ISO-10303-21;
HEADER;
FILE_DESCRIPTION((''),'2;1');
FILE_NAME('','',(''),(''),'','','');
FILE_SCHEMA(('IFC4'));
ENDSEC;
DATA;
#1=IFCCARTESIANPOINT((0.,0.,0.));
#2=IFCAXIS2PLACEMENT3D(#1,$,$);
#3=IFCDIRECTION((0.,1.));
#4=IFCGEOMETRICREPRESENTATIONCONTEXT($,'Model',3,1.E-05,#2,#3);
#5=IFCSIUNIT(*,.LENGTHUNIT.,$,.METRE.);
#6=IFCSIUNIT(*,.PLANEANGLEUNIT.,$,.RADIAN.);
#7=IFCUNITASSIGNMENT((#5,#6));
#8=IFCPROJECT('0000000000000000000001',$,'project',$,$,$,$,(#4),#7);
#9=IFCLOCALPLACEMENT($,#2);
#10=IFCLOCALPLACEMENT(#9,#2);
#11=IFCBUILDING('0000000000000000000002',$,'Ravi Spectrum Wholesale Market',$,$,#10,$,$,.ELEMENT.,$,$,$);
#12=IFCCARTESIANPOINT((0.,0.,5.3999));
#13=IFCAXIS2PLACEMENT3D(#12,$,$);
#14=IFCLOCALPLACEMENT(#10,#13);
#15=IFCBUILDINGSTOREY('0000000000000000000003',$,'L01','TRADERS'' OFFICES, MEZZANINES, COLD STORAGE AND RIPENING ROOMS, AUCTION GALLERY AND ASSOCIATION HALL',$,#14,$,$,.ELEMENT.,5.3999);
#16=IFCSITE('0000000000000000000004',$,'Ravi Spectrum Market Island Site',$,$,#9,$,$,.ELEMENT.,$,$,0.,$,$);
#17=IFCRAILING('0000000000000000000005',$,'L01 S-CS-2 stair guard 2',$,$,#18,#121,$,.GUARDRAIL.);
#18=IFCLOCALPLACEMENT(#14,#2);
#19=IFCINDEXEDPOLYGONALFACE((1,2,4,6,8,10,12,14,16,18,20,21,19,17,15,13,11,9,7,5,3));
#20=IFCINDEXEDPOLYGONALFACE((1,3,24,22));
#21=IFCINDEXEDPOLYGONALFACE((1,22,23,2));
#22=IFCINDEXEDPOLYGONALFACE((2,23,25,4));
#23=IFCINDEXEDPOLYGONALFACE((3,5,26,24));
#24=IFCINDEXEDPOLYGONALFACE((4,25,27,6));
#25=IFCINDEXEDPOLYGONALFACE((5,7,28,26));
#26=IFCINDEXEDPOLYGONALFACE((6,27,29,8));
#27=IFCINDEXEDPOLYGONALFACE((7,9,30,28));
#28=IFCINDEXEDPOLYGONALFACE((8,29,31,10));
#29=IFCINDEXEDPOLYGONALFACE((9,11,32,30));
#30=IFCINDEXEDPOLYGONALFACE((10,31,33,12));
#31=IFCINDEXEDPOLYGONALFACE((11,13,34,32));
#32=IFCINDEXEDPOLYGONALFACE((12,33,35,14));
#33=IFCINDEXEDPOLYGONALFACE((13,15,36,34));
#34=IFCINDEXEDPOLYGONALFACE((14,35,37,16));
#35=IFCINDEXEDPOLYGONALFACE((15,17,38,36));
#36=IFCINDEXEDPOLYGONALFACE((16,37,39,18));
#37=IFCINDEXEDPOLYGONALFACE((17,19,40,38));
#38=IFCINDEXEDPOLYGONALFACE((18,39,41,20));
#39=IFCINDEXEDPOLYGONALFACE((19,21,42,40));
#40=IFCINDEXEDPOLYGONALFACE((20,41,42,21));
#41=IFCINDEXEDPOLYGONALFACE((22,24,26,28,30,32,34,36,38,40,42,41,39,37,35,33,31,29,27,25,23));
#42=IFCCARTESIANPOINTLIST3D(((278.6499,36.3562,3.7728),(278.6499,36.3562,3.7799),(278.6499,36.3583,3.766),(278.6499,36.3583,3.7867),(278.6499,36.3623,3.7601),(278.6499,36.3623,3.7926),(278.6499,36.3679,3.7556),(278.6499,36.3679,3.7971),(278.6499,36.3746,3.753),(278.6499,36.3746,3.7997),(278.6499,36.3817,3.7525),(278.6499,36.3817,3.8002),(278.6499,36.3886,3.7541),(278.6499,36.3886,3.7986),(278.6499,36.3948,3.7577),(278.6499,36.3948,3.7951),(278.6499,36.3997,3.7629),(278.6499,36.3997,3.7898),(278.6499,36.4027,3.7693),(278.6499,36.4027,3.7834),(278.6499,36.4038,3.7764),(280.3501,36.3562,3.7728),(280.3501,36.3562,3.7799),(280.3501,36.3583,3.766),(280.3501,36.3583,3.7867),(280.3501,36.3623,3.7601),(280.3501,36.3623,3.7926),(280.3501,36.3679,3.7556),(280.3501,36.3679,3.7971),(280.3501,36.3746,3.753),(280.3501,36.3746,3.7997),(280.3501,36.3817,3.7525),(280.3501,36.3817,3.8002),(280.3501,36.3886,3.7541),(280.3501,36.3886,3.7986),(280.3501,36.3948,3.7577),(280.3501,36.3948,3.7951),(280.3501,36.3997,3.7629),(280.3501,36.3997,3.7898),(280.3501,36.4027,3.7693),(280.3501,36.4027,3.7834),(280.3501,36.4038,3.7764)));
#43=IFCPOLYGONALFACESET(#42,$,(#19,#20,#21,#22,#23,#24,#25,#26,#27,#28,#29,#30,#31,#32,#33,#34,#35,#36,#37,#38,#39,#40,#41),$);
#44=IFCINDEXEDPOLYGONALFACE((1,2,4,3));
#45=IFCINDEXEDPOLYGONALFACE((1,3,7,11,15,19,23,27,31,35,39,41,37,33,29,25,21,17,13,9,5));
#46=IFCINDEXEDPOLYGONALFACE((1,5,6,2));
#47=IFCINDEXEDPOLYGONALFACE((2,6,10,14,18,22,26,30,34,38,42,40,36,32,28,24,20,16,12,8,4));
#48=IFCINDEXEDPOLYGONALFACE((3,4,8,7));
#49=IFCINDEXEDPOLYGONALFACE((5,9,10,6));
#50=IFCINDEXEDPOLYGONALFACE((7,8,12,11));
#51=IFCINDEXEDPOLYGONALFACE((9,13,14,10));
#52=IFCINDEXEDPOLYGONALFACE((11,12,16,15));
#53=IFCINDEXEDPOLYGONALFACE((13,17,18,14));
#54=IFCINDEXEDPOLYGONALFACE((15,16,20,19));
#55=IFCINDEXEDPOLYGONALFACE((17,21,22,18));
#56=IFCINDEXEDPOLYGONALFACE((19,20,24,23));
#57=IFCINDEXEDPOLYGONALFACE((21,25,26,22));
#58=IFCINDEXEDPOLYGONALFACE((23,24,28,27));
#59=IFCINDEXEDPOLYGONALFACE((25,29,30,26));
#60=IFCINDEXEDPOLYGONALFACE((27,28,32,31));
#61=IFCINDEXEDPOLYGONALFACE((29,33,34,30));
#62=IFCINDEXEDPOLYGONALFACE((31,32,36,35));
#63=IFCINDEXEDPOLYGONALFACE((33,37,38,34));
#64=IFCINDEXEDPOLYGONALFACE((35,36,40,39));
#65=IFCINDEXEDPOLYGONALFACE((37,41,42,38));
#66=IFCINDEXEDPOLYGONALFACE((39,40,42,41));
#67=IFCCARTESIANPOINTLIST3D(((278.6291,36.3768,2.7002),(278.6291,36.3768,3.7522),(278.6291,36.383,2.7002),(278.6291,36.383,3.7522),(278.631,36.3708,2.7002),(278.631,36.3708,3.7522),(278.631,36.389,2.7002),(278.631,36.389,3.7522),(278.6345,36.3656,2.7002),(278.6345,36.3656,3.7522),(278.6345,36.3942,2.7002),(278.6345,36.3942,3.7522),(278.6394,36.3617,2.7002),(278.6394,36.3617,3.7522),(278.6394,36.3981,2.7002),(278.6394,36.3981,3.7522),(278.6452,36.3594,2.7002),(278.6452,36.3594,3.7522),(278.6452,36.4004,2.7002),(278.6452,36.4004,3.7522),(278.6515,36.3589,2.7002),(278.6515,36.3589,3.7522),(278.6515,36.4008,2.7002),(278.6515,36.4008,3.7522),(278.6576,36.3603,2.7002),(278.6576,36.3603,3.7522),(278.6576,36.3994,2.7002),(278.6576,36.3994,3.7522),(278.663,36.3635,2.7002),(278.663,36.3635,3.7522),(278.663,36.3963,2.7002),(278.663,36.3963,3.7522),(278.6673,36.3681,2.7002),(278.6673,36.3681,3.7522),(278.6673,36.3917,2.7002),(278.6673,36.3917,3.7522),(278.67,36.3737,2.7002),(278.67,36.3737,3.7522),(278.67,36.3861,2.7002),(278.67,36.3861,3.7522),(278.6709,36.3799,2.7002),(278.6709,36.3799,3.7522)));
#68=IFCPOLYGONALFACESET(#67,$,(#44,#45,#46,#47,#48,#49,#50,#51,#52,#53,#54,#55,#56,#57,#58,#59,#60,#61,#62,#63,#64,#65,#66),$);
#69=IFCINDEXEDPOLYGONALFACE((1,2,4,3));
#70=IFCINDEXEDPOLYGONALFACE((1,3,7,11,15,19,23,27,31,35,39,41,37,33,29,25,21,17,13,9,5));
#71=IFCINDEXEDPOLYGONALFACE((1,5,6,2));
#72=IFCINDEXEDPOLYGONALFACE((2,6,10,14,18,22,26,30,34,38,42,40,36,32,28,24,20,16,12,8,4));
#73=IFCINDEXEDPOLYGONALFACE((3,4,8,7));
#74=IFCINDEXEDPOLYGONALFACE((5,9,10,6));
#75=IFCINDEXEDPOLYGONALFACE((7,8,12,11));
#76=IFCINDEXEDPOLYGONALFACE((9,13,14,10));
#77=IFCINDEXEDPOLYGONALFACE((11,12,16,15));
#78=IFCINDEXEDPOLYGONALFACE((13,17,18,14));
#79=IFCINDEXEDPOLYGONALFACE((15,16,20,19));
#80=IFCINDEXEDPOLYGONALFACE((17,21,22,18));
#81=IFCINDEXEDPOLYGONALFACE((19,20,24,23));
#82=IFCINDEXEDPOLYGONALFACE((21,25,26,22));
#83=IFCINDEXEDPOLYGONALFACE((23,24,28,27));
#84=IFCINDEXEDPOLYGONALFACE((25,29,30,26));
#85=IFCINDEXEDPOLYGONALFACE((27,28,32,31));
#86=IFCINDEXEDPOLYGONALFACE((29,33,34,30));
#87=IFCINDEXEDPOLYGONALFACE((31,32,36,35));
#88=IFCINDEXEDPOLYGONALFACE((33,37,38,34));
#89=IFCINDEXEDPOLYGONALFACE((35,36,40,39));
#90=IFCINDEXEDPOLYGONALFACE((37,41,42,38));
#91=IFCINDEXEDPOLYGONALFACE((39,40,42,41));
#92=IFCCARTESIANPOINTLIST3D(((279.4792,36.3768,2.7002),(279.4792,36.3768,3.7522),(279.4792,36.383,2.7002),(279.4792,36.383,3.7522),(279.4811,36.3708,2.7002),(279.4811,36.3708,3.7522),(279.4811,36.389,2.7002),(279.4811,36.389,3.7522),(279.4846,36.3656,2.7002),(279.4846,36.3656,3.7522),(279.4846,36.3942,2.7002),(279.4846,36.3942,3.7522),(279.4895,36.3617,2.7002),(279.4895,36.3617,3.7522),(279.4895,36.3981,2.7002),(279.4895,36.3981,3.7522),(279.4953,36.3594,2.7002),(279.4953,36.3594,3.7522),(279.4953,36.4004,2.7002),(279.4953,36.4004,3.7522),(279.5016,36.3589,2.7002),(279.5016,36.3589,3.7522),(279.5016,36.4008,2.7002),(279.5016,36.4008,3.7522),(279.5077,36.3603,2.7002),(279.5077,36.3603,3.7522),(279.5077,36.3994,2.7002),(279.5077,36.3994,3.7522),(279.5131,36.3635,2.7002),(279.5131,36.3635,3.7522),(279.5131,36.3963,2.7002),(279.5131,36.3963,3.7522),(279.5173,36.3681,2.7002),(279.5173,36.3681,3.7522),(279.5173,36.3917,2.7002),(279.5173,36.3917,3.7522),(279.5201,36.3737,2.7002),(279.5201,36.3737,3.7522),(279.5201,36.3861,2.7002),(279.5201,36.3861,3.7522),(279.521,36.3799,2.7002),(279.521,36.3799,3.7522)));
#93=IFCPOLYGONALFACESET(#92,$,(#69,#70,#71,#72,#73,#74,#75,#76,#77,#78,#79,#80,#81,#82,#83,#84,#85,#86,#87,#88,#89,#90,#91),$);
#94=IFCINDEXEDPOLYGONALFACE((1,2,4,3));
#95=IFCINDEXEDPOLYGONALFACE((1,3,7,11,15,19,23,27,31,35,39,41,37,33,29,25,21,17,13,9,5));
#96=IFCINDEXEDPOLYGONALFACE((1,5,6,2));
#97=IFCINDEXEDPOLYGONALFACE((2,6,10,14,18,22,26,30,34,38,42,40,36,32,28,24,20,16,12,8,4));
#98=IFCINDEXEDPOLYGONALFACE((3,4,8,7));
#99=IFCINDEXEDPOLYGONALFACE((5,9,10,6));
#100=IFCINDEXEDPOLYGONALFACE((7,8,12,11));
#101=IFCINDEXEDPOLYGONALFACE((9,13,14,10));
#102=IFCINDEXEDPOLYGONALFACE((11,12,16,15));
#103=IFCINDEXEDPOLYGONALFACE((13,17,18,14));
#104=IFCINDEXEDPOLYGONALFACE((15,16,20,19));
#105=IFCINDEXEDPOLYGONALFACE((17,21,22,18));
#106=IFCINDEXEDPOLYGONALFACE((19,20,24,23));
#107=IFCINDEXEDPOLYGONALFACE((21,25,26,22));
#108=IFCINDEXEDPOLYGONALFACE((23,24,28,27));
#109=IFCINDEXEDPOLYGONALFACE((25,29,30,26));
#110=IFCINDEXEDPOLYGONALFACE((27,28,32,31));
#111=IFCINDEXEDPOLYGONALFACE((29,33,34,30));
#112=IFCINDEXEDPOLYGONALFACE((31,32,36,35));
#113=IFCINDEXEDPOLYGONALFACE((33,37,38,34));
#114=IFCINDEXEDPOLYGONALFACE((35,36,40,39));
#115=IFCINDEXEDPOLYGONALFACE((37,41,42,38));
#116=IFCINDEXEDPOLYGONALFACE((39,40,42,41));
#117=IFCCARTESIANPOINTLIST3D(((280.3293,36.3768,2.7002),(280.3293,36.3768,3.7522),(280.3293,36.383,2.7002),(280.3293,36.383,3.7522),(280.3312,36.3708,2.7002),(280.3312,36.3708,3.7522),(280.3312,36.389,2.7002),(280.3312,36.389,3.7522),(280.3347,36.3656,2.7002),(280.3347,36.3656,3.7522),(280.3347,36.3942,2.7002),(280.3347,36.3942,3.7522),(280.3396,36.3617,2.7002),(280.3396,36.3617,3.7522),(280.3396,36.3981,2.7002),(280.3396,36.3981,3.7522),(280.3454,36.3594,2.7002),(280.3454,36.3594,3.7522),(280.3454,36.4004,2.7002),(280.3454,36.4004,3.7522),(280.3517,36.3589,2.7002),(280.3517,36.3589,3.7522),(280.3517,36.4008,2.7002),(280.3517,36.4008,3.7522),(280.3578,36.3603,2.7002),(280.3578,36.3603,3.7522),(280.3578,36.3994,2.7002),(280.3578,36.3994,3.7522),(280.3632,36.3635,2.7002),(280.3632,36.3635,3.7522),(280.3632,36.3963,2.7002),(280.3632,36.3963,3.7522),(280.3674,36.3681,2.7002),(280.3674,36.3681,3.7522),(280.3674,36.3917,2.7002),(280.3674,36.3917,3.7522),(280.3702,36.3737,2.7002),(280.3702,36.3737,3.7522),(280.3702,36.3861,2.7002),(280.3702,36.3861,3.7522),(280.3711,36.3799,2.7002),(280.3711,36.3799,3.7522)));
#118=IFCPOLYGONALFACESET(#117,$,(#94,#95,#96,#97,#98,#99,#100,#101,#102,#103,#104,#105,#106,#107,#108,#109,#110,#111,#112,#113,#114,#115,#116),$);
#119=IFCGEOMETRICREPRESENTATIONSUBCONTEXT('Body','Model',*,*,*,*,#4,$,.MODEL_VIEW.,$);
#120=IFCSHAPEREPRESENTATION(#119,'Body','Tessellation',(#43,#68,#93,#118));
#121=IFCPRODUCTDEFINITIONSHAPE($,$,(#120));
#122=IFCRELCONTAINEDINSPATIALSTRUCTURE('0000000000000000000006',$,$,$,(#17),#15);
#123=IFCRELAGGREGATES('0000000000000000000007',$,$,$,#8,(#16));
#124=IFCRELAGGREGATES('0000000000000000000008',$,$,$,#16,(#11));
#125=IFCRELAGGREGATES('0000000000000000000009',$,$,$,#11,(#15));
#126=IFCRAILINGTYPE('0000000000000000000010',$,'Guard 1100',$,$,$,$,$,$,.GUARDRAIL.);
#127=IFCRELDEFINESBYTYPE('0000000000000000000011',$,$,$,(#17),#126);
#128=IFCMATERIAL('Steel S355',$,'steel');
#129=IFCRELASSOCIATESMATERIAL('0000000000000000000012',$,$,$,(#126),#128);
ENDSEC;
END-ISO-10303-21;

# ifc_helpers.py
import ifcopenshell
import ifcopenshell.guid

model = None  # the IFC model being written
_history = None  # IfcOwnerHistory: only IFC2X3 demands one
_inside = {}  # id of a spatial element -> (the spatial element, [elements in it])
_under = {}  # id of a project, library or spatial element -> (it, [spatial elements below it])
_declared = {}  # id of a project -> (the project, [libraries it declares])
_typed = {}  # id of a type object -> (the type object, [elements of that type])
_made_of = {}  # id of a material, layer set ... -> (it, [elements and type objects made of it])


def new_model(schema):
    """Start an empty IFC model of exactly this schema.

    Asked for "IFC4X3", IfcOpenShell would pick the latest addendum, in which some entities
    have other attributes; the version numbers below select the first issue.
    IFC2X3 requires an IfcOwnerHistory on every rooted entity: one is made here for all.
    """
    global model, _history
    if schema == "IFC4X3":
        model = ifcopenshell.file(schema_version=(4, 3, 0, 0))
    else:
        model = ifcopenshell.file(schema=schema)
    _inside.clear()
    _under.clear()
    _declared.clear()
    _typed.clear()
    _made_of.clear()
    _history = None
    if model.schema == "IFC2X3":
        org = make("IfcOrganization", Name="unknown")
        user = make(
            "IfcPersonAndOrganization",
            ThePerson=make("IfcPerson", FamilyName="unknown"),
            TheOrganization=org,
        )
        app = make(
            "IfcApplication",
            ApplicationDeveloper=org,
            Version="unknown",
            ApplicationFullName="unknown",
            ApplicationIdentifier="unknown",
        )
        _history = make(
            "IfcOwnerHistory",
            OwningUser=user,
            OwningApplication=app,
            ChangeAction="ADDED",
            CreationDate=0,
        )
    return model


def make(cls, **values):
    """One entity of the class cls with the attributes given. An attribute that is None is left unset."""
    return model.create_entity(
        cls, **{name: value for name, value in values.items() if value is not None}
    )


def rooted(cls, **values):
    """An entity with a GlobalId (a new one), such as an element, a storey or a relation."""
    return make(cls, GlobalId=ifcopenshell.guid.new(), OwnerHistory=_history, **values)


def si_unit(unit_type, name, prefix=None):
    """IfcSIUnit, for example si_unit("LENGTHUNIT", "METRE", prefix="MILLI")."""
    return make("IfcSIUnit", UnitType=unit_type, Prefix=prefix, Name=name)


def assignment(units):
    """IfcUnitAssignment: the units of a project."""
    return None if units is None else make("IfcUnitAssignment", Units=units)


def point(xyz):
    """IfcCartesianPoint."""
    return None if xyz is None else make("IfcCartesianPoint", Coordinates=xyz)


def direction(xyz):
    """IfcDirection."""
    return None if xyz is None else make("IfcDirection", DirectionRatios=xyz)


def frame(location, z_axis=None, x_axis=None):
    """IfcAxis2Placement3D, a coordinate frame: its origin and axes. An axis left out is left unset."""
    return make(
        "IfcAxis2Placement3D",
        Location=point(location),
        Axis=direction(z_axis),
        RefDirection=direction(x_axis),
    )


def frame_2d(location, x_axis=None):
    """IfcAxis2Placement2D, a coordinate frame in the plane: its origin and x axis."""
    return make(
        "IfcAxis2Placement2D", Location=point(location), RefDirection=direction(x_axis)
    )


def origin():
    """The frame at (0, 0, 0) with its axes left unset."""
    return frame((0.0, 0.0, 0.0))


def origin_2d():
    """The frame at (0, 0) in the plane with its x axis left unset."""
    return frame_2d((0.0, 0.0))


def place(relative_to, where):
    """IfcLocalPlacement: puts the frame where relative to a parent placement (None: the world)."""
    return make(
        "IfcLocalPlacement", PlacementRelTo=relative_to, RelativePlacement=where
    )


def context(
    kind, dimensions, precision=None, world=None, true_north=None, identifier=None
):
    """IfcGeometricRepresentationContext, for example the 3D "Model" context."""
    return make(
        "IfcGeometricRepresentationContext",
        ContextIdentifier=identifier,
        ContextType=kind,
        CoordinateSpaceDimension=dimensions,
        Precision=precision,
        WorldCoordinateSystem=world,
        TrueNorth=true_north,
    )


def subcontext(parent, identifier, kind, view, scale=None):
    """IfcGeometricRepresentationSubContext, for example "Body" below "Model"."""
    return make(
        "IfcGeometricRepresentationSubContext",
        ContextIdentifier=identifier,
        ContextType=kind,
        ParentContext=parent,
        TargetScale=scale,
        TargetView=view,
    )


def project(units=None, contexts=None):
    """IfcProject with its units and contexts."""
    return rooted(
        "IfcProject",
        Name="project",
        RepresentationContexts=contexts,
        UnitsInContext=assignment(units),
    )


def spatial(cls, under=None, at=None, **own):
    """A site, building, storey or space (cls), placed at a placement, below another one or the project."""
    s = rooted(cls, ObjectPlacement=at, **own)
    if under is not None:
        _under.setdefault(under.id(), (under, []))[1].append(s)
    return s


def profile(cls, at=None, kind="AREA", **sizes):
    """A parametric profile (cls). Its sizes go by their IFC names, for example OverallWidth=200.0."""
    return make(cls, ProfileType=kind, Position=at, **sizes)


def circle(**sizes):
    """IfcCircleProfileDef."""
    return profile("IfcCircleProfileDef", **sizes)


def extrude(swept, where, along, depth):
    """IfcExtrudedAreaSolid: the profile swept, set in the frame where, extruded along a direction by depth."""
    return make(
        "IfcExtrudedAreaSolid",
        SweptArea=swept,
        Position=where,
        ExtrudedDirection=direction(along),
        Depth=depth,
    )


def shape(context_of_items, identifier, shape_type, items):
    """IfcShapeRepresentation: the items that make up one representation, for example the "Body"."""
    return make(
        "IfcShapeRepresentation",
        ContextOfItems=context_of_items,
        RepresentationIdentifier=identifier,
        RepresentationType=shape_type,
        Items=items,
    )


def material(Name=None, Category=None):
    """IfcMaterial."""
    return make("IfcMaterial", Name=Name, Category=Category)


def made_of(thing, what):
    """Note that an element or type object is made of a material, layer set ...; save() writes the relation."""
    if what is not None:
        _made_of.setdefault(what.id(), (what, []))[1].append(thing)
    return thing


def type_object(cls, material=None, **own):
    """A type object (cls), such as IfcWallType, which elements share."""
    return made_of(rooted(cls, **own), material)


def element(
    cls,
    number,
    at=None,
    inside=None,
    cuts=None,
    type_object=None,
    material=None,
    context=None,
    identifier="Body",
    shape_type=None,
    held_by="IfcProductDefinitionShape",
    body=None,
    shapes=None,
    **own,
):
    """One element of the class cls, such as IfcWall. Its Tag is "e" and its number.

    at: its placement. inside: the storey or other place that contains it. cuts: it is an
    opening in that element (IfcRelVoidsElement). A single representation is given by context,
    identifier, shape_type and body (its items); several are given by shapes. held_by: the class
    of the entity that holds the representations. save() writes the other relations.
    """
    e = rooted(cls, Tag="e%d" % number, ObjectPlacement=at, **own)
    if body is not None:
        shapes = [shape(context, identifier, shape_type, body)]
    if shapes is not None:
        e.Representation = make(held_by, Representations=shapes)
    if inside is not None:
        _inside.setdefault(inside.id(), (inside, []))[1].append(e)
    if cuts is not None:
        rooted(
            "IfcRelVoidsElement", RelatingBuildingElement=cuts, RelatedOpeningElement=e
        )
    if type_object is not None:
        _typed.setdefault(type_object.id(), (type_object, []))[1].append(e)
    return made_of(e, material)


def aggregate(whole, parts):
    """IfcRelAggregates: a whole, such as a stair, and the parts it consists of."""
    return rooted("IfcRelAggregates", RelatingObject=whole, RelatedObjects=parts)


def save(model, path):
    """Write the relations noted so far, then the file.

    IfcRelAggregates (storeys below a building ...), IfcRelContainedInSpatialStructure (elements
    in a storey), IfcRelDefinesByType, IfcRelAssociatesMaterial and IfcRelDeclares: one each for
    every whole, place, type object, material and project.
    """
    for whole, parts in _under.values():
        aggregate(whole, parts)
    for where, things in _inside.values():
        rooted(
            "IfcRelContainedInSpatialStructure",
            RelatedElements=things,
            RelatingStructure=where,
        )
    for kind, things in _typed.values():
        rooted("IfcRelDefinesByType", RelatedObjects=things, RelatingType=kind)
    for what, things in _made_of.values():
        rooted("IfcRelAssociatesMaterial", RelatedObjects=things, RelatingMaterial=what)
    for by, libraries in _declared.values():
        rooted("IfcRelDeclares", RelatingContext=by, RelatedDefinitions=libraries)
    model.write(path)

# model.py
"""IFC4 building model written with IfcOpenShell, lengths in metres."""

from ifc_helpers import new_model, si_unit, direction, frame, origin, origin_2d, place, context, subcontext, project, spatial, circle, extrude, material, type_object, element, save


model = new_model("IFC4")

# Units and contexts
model_context = context("Model", 3, precision=1e-05, world=origin(), true_north=direction((0.0, 1.0)))
body_context = subcontext(model_context, "Body", "Model", "MODEL_VIEW")
ifc_project = project(units=[si_unit("LENGTHUNIT", "METRE"), si_unit("PLANEANGLEUNIT", "RADIAN")], contexts=[model_context])

# Site, building, storey
site_placement = place(None, origin())
site = spatial("IfcSite", under=ifc_project, at=site_placement, Name="Ravi Spectrum Market Island Site", CompositionType="ELEMENT", RefElevation=0.0)
building_placement = place(site_placement, origin())
building = spatial("IfcBuilding", under=site, at=building_placement, Name="Ravi Spectrum Wholesale Market", CompositionType="ELEMENT")
storey_placement = place(building_placement, frame((0.0, 0.0, 5.3999)))
storey = spatial("IfcBuildingStorey", under=building, at=storey_placement, Name="L01", Description="TRADERS' OFFICES, MEZZANINES, COLD STORAGE AND RIPENING ROOMS, AUCTION GALLERY AND ASSOCIATION HALL", CompositionType="ELEMENT", Elevation=5.3999)

# Railing
ifc_material_1 = material(Name="Steel S355", Category="steel")
railing_type_1 = type_object("IfcRailingType", Name="Guard 1100", PredefinedType="GUARDRAIL", material=ifc_material_1)
railing_1_placement = place(storey_placement, frame((278.6499, 36.3799, 2.7002)))
element("IfcRailing", 1, at=railing_1_placement, inside=storey, type_object=railing_type_1, Name="L01 S-CS-2 stair guard 2", PredefinedType="GUARDRAIL", context=body_context, shape_type="SweptSolid", body=[
    extrude(circle(Radius=0.0239, at=origin_2d()), frame((0.0, 0.0, 1.0762), z_axis=(1.0, 0.0, 0.0), x_axis=(0.0, 1.0, 0.0)), (0.0, 0.0, 1.0), 1.7002),
    extrude(circle(Radius=0.021, at=origin_2d()), origin(), (0.0, 0.0, 1.0), 1.052),
    extrude(circle(Radius=0.021, at=origin_2d()), frame((0.8501, 0.0, 0.0)), (0.0, 0.0, 1.0), 1.052),
    extrude(circle(Radius=0.021, at=origin_2d()), frame((1.7002, 0.0, 0.0)), (0.0, 0.0, 1.0), 1.052),
])

save(model, "model.ifc")
